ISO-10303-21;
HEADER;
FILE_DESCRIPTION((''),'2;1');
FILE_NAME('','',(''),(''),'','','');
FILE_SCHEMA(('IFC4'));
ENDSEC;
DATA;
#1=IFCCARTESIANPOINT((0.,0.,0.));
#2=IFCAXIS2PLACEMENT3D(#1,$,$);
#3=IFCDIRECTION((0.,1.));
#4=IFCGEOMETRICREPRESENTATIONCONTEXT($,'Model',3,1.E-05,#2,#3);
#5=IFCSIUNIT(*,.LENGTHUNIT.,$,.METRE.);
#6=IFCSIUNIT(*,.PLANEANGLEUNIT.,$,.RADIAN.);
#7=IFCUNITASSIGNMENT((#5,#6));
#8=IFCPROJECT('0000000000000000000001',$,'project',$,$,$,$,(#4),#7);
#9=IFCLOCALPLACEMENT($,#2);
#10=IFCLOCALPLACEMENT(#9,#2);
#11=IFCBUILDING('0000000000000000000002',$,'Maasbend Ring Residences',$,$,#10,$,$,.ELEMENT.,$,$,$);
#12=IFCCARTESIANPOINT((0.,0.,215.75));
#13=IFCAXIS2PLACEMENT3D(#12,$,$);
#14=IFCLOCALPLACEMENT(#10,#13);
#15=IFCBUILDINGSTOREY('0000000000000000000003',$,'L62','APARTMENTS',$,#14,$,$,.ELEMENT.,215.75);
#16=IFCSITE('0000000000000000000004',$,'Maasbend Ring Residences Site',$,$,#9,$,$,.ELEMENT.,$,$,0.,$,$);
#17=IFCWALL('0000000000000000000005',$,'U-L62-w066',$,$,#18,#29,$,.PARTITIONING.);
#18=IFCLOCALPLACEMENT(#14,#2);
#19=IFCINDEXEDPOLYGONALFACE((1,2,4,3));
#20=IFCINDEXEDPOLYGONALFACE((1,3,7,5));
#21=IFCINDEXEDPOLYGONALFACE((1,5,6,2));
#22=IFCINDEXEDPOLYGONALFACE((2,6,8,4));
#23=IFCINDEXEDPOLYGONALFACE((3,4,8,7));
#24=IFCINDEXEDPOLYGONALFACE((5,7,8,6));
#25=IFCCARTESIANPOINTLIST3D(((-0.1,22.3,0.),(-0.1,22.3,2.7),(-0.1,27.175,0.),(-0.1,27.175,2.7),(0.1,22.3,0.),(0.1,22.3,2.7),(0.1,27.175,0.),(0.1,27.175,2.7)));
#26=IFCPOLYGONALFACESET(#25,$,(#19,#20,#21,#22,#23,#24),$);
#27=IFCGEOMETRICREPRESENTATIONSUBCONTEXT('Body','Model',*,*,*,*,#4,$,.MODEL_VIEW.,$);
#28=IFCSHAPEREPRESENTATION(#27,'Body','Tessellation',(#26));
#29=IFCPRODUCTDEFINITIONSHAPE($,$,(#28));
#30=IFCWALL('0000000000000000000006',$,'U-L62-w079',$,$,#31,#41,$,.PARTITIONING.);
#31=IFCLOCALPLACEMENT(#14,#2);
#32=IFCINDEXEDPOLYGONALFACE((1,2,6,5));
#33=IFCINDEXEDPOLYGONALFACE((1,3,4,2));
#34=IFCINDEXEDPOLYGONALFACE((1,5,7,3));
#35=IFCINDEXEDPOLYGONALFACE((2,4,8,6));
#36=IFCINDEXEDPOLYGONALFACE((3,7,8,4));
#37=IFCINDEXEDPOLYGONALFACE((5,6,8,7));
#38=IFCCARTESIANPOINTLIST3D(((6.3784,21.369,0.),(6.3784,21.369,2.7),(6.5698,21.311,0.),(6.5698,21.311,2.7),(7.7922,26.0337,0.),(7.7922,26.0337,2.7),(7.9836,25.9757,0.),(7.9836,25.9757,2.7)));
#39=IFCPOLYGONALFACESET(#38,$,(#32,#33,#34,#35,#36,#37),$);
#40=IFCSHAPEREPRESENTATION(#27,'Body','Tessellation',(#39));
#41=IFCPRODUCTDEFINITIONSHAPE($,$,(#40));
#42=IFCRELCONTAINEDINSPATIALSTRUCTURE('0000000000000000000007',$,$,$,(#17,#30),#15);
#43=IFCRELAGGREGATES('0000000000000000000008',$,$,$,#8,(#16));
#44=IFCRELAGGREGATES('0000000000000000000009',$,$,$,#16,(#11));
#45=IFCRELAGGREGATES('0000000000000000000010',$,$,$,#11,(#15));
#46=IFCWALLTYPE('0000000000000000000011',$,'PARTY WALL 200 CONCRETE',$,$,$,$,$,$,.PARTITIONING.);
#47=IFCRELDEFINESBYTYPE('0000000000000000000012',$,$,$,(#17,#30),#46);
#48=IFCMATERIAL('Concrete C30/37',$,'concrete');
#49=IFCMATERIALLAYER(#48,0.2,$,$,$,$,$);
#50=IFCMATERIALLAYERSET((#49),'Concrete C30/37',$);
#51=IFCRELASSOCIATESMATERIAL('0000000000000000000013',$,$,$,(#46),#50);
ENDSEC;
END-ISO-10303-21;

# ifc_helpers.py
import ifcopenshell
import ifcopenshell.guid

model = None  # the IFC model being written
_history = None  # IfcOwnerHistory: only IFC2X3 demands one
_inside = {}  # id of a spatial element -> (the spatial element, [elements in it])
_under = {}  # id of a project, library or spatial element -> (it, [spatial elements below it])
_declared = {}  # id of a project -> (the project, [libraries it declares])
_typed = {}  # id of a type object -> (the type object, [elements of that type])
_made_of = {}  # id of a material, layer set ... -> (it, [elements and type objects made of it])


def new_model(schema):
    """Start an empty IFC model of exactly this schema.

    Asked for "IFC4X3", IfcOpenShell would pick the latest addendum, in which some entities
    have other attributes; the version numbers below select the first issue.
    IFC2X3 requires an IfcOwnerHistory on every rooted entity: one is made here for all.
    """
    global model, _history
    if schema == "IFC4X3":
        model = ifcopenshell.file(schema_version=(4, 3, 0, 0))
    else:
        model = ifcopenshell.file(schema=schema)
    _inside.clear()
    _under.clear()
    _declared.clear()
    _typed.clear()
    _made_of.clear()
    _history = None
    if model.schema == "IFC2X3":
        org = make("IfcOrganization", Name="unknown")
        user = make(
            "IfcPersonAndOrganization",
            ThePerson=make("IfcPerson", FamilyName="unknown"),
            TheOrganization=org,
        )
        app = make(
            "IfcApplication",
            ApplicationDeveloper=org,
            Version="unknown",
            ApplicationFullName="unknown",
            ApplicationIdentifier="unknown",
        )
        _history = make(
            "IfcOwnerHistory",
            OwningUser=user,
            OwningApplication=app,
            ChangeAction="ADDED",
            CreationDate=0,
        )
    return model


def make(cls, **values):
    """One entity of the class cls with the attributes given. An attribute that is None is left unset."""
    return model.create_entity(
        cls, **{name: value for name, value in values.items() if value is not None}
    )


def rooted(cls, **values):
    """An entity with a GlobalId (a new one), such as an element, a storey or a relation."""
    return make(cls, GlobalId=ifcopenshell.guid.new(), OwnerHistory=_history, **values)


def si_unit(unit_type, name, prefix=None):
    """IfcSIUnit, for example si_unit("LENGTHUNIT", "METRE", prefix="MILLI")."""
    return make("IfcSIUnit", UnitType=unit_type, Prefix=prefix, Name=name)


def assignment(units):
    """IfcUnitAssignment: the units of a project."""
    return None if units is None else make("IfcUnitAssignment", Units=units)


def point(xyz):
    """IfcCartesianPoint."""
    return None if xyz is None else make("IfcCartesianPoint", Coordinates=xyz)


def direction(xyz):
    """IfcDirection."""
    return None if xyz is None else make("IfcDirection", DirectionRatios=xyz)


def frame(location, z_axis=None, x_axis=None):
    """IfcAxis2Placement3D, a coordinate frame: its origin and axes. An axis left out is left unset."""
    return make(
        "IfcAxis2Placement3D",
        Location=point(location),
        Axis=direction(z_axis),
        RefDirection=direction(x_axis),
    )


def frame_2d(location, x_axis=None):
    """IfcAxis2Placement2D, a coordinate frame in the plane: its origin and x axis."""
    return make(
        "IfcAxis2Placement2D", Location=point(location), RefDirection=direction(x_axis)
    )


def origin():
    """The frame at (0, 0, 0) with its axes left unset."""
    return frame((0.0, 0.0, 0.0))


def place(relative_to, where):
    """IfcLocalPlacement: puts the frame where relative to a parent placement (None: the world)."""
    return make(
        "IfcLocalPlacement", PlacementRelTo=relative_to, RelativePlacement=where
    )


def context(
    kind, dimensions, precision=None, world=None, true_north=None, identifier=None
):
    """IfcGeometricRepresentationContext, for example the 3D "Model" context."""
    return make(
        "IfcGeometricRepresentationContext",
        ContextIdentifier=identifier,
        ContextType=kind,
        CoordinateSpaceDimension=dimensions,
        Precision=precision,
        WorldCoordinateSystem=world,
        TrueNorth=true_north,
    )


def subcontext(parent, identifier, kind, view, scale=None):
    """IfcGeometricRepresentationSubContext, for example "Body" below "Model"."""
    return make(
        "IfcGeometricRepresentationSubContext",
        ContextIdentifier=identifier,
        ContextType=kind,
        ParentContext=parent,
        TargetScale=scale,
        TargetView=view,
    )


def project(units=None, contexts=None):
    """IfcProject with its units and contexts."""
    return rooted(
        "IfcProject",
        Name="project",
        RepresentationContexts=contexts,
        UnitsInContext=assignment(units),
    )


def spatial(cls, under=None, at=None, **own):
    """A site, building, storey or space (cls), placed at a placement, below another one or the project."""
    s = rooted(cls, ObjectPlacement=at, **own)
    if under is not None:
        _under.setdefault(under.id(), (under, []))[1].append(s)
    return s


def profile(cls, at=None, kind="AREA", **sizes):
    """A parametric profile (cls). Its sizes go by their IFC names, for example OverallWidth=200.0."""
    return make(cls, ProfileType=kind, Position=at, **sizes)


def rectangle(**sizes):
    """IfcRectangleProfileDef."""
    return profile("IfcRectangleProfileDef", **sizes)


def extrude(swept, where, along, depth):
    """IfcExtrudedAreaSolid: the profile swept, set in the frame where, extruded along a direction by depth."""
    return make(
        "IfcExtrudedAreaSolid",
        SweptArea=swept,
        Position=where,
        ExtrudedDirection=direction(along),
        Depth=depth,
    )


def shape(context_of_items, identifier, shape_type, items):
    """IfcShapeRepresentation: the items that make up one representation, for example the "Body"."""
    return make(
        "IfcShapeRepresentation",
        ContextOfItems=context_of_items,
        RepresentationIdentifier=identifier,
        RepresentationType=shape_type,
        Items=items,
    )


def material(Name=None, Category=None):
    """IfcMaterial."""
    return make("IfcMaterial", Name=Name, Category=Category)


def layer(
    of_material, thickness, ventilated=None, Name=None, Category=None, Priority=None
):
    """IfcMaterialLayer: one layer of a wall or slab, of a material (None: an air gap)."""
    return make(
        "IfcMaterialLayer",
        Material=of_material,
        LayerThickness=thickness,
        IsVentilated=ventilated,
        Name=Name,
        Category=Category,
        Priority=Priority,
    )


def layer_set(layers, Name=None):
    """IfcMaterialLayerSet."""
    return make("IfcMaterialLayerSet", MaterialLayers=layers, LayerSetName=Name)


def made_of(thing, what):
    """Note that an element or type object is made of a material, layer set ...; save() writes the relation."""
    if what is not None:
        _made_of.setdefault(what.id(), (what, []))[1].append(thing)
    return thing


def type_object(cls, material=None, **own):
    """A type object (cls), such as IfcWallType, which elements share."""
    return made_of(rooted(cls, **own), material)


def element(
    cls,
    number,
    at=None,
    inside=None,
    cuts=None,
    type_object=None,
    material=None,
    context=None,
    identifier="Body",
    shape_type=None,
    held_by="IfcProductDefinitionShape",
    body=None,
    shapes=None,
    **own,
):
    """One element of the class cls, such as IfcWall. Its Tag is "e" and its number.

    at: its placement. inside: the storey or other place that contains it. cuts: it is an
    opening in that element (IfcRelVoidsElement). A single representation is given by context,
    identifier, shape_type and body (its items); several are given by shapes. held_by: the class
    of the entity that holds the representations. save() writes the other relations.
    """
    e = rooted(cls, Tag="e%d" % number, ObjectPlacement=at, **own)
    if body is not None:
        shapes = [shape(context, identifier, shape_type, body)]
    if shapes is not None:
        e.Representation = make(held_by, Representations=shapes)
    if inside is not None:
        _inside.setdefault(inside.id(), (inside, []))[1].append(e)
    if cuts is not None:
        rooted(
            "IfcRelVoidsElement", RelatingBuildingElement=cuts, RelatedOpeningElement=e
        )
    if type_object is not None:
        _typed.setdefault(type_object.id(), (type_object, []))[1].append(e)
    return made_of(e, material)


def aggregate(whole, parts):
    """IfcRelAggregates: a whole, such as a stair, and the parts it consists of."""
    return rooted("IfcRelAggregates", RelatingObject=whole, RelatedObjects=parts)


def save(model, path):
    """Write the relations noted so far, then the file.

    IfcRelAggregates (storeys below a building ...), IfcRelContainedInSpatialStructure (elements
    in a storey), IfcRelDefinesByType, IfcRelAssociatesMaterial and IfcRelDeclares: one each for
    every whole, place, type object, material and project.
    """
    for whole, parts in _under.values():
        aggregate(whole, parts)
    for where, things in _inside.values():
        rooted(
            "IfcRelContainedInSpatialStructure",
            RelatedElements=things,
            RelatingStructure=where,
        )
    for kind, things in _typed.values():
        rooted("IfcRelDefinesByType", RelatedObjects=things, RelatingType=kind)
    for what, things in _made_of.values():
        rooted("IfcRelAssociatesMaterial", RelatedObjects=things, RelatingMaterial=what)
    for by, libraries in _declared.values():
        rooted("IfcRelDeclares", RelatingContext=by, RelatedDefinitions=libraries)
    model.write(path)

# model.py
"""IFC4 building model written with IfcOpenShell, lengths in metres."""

from ifc_helpers import new_model, si_unit, direction, frame, frame_2d, origin, place, context, subcontext, project, spatial, rectangle, extrude, material, layer, layer_set, type_object, element, save


model = new_model("IFC4")

# Units and contexts
model_context = context("Model", 3, precision=1e-05, world=origin(), true_north=direction((0.0, 1.0)))
body_context = subcontext(model_context, "Body", "Model", "MODEL_VIEW")
ifc_project = project(units=[si_unit("LENGTHUNIT", "METRE"), si_unit("PLANEANGLEUNIT", "RADIAN")], contexts=[model_context])

# Site, building, storey
site_placement = place(None, origin())
site = spatial("IfcSite", under=ifc_project, at=site_placement, Name="Maasbend Ring Residences Site", CompositionType="ELEMENT", RefElevation=0.0)
building_placement = place(site_placement, origin())
building = spatial("IfcBuilding", under=site, at=building_placement, Name="Maasbend Ring Residences", CompositionType="ELEMENT")
storey_placement = place(building_placement, frame((0.0, 0.0, 215.75)))
storey = spatial("IfcBuildingStorey", under=building, at=storey_placement, Name="L62", Description="APARTMENTS", CompositionType="ELEMENT", Elevation=215.75)

# Walls
ifc_material_1 = material(Name="Concrete C30/37", Category="concrete")
ifc_layer_1 = layer(ifc_material_1, 0.2)
ifc_layer_set_1 = layer_set([ifc_layer_1], Name="Concrete C30/37")
wall_type_1 = type_object("IfcWallType", Name="PARTY WALL 200 CONCRETE", PredefinedType="PARTITIONING", material=ifc_layer_set_1)
wall_1_placement = place(storey_placement, frame((0.0, 22.3, 0.0), z_axis=(0.0, 0.0, 1.0), x_axis=(0.0, 1.0, 0.0)))
element("IfcWall", 1, at=wall_1_placement, inside=storey, type_object=wall_type_1, Name="U-L62-w066", PredefinedType="PARTITIONING", context=body_context, shape_type="SweptSolid", body=[
    extrude(rectangle(XDim=4.875, YDim=0.2, at=frame_2d((2.4375, 0.0))), origin(), (0.0, 0.0, 1.0), 2.7),
])
wall_2_placement = place(storey_placement, frame((6.4741, 21.3401, 0.0), z_axis=(0.0, 0.0, 1.0), x_axis=(0.290053, 0.957011, 0.0)))
element("IfcWall", 2, at=wall_2_placement, inside=storey, type_object=wall_type_1, Name="U-L62-w079", PredefinedType="PARTITIONING", context=body_context, shape_type="SweptSolid", body=[
    extrude(rectangle(XDim=4.8743, YDim=0.2, at=frame_2d((2.437, 0.0))), origin(), (0.0, 0.0, 1.0), 2.7),
])

save(model, "model.ifc")
